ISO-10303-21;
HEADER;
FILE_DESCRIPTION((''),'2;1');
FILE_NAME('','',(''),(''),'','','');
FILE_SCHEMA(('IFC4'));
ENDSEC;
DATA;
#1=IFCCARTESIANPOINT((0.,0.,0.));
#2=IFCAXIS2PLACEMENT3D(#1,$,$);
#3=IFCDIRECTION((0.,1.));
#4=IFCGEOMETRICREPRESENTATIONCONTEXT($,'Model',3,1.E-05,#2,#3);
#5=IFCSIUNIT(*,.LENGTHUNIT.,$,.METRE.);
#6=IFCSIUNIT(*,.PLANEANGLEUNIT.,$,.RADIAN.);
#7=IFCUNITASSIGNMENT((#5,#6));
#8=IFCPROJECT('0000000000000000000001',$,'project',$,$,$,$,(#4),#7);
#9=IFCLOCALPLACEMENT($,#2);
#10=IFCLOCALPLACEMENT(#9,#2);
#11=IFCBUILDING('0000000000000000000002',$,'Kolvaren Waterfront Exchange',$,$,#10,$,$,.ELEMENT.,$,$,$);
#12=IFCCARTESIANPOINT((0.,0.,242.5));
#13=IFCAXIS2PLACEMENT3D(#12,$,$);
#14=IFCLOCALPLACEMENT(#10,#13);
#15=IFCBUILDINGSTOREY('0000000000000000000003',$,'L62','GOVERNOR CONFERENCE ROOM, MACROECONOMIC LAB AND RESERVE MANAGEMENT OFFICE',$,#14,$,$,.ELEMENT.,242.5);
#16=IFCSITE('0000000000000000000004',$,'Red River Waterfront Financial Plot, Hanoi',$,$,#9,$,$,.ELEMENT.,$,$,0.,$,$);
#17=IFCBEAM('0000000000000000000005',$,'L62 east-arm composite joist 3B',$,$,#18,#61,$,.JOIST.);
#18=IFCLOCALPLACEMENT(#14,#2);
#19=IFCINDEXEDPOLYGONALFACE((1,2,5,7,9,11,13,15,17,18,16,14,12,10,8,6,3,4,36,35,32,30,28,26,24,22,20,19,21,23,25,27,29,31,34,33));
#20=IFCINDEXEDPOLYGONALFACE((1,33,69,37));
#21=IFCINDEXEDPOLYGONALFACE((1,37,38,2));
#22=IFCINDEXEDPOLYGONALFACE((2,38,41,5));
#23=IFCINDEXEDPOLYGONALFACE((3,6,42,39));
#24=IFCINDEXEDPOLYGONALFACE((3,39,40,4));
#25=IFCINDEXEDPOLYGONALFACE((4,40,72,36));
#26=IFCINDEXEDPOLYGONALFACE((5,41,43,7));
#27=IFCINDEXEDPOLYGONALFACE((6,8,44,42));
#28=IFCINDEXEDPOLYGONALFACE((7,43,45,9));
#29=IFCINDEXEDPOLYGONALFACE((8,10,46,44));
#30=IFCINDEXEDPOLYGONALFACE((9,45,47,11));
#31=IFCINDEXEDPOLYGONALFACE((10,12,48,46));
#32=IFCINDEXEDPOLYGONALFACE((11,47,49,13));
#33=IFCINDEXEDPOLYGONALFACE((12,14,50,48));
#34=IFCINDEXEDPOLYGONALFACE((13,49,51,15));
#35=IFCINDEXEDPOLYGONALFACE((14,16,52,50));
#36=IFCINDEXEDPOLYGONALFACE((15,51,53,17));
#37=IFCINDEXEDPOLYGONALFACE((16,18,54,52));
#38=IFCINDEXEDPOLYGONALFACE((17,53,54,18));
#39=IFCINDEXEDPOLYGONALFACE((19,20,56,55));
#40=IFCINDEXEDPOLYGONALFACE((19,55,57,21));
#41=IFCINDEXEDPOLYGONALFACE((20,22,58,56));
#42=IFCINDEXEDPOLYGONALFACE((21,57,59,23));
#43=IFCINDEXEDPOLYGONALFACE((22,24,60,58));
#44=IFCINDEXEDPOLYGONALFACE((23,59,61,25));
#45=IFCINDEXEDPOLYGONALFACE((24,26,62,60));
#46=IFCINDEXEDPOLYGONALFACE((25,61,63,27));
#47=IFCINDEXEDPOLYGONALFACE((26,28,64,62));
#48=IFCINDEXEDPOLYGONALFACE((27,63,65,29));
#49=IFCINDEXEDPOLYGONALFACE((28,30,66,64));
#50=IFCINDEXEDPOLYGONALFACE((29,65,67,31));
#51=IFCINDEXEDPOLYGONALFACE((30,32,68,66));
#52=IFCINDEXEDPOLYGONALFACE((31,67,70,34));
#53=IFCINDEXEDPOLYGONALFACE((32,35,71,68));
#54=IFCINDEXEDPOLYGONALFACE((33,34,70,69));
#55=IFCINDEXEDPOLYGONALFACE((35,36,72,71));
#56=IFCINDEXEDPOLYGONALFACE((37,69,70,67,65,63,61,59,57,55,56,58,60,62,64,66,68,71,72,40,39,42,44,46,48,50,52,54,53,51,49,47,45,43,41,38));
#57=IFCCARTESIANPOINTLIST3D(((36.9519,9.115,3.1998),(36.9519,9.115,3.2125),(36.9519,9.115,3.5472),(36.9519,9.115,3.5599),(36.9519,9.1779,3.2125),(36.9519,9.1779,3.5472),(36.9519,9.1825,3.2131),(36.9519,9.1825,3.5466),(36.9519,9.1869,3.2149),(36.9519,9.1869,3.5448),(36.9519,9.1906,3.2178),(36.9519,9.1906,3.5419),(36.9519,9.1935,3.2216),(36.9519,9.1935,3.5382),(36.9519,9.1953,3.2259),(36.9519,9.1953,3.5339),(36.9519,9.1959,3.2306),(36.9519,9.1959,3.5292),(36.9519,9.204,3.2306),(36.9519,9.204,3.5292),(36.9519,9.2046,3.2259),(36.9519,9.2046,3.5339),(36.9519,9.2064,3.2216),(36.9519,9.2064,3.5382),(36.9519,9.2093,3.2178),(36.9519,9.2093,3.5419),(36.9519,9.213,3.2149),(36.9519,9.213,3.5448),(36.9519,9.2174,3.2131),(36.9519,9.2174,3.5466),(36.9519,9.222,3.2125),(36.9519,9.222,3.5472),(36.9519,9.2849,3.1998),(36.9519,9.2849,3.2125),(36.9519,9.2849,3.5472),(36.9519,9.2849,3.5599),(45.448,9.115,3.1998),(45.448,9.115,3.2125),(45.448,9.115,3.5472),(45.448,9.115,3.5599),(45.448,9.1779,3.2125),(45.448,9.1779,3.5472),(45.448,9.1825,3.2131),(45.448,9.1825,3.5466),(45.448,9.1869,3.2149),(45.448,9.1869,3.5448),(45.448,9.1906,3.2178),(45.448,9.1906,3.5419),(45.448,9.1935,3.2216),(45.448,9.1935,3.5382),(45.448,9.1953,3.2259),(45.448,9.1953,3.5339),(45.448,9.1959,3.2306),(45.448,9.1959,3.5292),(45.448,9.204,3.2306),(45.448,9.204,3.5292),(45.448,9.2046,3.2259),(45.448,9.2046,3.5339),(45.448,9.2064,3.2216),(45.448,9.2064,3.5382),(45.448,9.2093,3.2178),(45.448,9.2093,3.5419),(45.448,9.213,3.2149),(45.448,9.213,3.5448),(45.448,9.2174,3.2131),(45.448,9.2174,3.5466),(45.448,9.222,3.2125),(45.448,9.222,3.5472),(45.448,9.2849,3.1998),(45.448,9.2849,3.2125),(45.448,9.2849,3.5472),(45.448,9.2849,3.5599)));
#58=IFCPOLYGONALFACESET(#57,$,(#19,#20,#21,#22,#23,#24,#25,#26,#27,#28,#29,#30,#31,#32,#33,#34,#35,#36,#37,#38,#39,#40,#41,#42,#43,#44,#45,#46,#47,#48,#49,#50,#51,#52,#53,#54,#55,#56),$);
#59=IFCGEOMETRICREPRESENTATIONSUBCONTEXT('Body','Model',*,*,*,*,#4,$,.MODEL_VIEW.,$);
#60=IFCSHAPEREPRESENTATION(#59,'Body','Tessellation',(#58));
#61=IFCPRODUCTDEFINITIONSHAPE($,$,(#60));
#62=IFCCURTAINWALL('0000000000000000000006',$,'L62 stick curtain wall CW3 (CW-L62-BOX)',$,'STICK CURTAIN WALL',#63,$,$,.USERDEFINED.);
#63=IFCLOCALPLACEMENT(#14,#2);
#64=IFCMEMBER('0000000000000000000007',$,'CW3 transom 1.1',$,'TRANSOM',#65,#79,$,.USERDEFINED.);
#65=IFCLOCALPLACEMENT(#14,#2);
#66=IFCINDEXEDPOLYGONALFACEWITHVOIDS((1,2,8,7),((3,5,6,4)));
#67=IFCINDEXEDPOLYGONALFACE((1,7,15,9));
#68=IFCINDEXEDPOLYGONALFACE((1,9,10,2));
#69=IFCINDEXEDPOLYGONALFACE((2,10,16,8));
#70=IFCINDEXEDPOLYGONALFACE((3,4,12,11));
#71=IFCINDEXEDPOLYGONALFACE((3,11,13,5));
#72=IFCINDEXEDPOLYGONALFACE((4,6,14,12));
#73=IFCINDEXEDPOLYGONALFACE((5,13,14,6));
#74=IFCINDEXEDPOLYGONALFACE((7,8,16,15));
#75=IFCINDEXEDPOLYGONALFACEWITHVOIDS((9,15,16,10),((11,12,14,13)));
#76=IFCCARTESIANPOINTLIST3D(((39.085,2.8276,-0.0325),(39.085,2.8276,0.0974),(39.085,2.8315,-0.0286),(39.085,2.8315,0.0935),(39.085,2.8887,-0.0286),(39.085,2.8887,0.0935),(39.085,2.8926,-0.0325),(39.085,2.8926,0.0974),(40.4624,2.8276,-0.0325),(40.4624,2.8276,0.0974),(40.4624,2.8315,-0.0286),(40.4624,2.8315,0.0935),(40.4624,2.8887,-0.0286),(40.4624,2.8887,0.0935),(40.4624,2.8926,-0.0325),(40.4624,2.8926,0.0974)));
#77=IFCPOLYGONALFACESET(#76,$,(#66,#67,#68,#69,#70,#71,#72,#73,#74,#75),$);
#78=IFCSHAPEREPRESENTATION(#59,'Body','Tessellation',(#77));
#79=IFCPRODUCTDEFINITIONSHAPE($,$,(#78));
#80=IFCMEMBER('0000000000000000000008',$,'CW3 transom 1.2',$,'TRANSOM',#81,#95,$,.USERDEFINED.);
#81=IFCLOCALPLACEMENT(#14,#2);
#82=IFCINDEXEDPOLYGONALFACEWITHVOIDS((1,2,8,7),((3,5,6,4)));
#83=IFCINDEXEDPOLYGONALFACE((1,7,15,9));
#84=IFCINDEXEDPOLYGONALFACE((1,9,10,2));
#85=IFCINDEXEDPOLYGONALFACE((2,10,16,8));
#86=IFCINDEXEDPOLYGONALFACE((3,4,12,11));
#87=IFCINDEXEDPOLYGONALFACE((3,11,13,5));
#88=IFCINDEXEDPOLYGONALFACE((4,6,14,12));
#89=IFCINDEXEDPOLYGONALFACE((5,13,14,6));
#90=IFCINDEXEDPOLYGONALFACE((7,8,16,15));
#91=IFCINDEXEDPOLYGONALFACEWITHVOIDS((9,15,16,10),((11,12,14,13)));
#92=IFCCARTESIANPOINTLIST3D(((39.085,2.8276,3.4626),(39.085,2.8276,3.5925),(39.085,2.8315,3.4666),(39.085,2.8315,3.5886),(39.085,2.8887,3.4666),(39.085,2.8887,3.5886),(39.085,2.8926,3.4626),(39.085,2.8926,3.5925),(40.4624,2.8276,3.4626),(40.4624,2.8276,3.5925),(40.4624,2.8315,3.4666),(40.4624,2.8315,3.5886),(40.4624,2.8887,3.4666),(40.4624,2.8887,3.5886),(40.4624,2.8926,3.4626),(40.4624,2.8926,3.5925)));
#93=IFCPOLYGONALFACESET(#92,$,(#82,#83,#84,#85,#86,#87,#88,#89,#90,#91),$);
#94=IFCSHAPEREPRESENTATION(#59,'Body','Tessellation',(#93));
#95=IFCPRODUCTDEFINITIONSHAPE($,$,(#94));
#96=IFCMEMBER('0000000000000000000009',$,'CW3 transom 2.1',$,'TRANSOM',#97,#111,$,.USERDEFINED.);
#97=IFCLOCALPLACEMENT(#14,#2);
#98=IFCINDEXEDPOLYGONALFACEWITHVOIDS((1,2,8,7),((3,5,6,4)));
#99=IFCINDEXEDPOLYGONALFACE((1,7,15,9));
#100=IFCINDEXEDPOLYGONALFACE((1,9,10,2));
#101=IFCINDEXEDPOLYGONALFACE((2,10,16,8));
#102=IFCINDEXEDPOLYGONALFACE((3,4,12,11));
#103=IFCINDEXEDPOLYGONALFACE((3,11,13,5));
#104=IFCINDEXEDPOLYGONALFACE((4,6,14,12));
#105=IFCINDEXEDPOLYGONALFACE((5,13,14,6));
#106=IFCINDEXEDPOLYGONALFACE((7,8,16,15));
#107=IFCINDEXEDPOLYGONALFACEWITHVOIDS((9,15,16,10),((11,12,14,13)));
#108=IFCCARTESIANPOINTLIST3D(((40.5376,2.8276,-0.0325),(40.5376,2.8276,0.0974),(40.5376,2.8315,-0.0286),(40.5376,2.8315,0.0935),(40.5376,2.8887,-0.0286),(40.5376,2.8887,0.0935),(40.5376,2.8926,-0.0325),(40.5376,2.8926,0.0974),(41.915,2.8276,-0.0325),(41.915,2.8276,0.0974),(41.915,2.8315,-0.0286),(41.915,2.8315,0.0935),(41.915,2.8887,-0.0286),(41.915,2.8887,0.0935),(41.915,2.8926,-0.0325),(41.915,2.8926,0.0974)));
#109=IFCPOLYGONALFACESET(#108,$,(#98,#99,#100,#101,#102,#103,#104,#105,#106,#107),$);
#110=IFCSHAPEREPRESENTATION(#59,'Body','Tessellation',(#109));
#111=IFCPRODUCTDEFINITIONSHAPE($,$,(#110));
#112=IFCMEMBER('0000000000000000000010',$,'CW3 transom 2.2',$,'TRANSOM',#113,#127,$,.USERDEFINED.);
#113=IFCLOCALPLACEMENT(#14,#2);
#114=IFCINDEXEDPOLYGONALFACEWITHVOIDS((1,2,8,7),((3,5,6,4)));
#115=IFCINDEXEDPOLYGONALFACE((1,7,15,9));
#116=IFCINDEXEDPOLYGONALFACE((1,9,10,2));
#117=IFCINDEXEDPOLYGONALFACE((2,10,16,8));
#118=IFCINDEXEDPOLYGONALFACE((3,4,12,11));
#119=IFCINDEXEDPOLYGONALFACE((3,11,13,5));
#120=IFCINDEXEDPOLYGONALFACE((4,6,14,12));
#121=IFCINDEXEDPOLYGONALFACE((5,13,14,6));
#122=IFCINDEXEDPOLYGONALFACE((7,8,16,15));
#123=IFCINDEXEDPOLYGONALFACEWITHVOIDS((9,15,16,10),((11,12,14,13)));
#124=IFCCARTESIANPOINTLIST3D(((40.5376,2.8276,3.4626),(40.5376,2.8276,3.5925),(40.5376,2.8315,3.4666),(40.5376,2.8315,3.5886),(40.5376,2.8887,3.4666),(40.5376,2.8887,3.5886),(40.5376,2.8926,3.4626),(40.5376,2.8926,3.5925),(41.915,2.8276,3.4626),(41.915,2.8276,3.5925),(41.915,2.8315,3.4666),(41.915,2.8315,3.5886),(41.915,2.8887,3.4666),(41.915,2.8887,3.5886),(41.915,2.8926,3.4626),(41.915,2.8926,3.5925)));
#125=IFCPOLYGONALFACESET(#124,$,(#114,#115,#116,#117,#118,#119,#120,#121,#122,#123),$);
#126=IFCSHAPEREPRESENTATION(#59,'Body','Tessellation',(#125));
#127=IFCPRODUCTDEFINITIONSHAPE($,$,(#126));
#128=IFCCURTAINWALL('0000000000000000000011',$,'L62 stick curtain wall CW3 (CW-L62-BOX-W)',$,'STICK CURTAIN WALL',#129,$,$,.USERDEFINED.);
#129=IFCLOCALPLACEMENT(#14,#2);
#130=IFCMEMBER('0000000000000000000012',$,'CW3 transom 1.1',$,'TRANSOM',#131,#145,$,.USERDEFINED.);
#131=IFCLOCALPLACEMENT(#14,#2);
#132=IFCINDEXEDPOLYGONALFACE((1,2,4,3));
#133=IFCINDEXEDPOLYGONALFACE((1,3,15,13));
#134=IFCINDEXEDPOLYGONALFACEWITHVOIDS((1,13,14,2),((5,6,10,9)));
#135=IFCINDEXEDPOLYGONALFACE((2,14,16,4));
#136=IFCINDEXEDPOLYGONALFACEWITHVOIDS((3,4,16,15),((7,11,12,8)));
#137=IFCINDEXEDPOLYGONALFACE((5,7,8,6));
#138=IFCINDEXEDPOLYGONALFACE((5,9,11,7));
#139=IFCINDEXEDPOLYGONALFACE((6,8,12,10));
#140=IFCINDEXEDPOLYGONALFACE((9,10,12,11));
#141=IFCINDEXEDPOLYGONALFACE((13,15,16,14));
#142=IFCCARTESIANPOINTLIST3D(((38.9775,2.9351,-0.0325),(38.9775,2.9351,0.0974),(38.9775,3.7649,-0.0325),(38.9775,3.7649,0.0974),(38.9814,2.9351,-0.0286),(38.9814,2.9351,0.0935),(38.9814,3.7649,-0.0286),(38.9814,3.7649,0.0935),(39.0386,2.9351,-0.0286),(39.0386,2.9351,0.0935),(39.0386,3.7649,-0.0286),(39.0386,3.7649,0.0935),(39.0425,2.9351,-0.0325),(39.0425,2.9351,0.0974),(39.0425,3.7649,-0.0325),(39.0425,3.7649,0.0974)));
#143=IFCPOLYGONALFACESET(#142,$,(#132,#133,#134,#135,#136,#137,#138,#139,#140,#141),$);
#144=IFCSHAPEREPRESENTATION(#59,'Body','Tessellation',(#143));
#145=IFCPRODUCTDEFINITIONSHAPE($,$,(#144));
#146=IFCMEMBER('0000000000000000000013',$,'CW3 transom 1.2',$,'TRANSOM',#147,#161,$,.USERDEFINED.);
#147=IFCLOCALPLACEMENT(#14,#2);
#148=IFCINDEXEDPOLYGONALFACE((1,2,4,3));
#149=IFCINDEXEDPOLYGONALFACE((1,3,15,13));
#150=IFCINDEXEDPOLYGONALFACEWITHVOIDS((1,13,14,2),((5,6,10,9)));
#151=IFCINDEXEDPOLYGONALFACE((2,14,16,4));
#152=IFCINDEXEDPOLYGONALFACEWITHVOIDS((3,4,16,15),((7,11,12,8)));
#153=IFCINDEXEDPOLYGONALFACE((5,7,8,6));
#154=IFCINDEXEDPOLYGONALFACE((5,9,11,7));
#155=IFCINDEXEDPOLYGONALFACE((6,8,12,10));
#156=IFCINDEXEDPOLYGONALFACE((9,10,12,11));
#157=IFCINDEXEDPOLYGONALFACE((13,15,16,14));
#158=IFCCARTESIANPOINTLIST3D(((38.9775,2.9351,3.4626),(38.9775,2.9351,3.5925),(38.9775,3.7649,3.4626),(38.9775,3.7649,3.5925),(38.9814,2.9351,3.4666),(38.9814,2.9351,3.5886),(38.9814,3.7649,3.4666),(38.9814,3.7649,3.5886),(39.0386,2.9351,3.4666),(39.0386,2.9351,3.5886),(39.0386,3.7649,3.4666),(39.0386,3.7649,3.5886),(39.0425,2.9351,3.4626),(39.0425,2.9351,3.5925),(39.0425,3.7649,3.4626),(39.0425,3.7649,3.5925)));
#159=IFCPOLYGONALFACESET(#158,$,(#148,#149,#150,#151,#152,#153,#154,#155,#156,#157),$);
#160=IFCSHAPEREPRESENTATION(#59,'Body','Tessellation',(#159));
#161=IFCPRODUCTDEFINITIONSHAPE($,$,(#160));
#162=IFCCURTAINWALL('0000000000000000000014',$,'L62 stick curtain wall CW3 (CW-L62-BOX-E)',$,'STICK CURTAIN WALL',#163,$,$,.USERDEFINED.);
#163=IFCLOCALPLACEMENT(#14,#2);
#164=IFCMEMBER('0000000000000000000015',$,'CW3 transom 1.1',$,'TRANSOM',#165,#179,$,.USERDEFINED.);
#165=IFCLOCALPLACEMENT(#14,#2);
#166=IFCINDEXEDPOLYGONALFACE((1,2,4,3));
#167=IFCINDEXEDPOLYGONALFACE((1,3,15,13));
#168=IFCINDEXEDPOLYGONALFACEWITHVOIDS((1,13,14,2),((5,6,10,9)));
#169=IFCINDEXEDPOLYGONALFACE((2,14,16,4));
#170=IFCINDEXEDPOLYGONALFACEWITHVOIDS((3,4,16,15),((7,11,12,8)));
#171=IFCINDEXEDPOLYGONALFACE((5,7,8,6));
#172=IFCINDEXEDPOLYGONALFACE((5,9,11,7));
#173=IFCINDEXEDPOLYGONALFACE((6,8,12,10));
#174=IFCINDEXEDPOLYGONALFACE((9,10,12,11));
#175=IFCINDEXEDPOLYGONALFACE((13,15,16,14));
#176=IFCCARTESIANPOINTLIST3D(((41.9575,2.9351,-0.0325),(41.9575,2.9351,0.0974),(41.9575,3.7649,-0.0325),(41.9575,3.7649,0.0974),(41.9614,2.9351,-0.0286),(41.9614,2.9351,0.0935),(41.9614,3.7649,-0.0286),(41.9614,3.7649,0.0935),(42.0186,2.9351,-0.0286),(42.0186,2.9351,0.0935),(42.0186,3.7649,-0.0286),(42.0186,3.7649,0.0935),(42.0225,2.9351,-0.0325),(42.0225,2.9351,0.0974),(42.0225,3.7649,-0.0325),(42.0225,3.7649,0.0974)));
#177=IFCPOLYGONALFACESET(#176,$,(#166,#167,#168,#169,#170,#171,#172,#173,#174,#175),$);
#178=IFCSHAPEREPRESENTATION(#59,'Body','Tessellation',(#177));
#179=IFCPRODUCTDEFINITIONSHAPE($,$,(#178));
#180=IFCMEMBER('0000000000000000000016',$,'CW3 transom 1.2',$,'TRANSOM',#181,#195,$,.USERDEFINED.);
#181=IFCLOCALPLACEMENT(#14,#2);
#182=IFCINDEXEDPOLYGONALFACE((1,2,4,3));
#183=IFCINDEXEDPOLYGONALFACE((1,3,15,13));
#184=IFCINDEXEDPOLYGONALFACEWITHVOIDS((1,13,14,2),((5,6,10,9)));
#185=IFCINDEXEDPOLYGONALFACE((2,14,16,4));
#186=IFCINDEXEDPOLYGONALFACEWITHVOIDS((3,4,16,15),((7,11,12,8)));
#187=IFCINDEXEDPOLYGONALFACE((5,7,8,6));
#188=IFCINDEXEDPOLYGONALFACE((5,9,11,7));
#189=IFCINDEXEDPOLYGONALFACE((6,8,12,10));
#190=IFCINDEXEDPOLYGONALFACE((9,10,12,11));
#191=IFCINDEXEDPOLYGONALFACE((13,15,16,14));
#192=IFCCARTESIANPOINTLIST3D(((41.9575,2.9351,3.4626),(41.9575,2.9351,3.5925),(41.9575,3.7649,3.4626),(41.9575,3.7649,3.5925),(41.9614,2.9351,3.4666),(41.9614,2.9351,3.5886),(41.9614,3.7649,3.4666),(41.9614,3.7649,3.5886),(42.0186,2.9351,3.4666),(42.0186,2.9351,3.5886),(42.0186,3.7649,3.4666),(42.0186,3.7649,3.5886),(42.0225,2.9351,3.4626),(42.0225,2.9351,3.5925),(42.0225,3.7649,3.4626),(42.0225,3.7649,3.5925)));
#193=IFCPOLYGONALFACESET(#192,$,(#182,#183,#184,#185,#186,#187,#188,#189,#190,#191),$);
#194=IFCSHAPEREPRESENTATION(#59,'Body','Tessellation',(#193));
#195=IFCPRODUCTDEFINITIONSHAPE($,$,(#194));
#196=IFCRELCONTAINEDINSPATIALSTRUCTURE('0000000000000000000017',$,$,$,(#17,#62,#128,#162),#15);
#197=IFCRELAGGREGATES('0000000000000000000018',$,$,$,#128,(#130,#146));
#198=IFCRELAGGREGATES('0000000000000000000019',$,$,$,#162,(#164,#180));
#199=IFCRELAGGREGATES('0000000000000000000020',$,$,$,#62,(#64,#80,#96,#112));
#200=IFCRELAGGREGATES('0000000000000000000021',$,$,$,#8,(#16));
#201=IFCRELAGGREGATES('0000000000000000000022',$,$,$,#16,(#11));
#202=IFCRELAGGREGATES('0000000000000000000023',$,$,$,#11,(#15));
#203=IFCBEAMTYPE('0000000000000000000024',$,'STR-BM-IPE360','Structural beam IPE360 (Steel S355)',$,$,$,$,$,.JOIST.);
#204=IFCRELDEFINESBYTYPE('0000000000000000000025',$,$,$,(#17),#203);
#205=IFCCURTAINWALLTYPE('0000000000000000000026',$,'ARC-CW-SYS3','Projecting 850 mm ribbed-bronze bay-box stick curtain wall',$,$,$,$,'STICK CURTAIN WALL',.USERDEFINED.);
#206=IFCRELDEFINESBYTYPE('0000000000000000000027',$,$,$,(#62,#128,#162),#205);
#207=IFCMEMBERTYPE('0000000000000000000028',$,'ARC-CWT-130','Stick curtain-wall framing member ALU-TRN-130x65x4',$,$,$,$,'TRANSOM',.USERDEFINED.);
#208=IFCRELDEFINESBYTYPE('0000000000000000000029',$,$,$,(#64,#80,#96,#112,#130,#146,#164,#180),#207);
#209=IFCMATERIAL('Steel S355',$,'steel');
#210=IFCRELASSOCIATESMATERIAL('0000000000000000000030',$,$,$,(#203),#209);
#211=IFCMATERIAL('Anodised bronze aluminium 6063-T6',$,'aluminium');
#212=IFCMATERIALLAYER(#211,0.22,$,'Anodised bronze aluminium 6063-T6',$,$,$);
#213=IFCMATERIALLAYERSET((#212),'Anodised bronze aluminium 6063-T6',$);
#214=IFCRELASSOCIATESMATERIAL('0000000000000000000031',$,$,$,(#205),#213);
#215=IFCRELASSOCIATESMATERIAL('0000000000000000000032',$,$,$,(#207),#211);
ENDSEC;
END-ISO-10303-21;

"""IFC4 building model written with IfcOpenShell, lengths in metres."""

from ifc_helpers import new_model, si_unit, direction, frame, origin, origin_with_axes, origin_2d, place, context, subcontext, project, spatial, hollow_rectangle, i_section, extrude, source, transform, mapped, material, layer, layer_set, material_profile, profile_set, type_object, element, aggregate, save


model = new_model("IFC4")

# Units and contexts
model_context = context("Model", 3, precision=1e-05, world=origin(), true_north=direction((0.0, 1.0)))
body_context = subcontext(model_context, "Body", "Model", "MODEL_VIEW")
ifc_project = project(units=[si_unit("LENGTHUNIT", "METRE"), si_unit("PLANEANGLEUNIT", "RADIAN")], contexts=[model_context])

# Site, building, storey
site_placement = place(None, origin())
site = spatial("IfcSite", under=ifc_project, at=site_placement, Name="Red River Waterfront Financial Plot, Hanoi", CompositionType="ELEMENT", RefElevation=0.0)
building_placement = place(site_placement, origin())
building = spatial("IfcBuilding", under=site, at=building_placement, Name="Kolvaren Waterfront Exchange", CompositionType="ELEMENT")
storey_placement = place(building_placement, frame((0.0, 0.0, 242.5)))
storey = spatial("IfcBuildingStorey", under=building, at=storey_placement, Name="L62", Description="GOVERNOR CONFERENCE ROOM, MACROECONOMIC LAB AND RESERVE MANAGEMENT OFFICE", CompositionType="ELEMENT", Elevation=242.5)

# Beam
ifc_material_1 = material(Name="Steel S355", Category="steel")
ifc_material_profile_1 = material_profile(ifc_material_1, i_section(OverallWidth=0.1699, OverallDepth=0.3601, WebThickness=0.0081, FlangeThickness=0.0127, FilletRadius=0.0181, at=origin_2d()), Name="IPE360")
ifc_profile_set_1 = profile_set([ifc_material_profile_1], Name="Steel S355")
beam_type_1 = type_object("IfcBeamType", Name="STR-BM-IPE360", Description="Structural beam IPE360 (Steel S355)", PredefinedType="JOIST", material=ifc_profile_set_1)
beam_1_placement = place(storey_placement, frame((36.9519, 9.2, 3.3799), z_axis=(1.0, 0.0, 0.0), x_axis=(0.0, 1.0, 0.0)))
element("IfcBeam", 1, at=beam_1_placement, inside=storey, type_object=beam_type_1, Name="L62 east-arm composite joist 3B", PredefinedType="JOIST", context=body_context, shape_type="SweptSolid", body=[
    extrude(i_section(OverallWidth=0.1699, OverallDepth=0.3601, WebThickness=0.0081, FlangeThickness=0.0127, FilletRadius=0.0181, at=origin_2d()), origin(), (0.0, 0.0, 1.0), 8.4961),
])

# Curtain walls, members
ifc_material_2 = material(Name="Anodised bronze aluminium 6063-T6", Category="aluminium")
ifc_layer_1 = layer(ifc_material_2, 0.22, Name="Anodised bronze aluminium 6063-T6")
ifc_layer_set_1 = layer_set([ifc_layer_1], Name="Anodised bronze aluminium 6063-T6")
curtain_wall_type_1 = type_object("IfcCurtainWallType", Name="ARC-CW-SYS3", Description="Projecting 850 mm ribbed-bronze bay-box stick curtain wall", ElementType="STICK CURTAIN WALL", PredefinedType="USERDEFINED", material=ifc_layer_set_1)
curtain_wall_1_placement = place(storey_placement, origin())
curtain_wall_1 = element("IfcCurtainWall", 2, at=curtain_wall_1_placement, inside=storey, type_object=curtain_wall_type_1, Name="L62 stick curtain wall CW3 (CW-L62-BOX)", ObjectType="STICK CURTAIN WALL", PredefinedType="USERDEFINED")
ifc_material_profile_2 = material_profile(ifc_material_2, hollow_rectangle(XDim=0.0649, YDim=0.1299, WallThickness=0.0039, at=origin_2d()), Name="ALU-TRN-130x65x4")
ifc_profile_set_2 = profile_set([ifc_material_profile_2], Name="Anodised bronze aluminium 6063-T6")
member_type_1 = type_object("IfcMemberType", Name="ARC-CWT-130", Description="Stick curtain-wall framing member ALU-TRN-130x65x4", ElementType="TRANSOM", PredefinedType="USERDEFINED", material=ifc_profile_set_2)
shared_shape_1 = source(origin_with_axes(), body_context, "Body", "SweptSolid", [
    extrude(hollow_rectangle(XDim=0.0649, YDim=0.1299, WallThickness=0.0039, at=origin_2d()), origin(), (0.0, 0.0, 1.0), 1.3774),
])
member_1_placement = place(storey_placement, frame((39.085, 2.8601, 0.0325), z_axis=(1.0, 0.0, 0.0), x_axis=(0.0, 1.0, 0.0)))
member_1 = element("IfcMember", 3, at=member_1_placement, type_object=member_type_1, Name="CW3 transom 1.1", ObjectType="TRANSOM", PredefinedType="USERDEFINED", context=body_context, shape_type="MappedRepresentation", body=[
    mapped(shared_shape_1, transform((0.0, 0.0, 0.0), x_axis=(1.0, 0.0, 0.0), y_axis=(0.0, 1.0, 0.0), z_axis=(0.0, 0.0, 1.0), scale=1.0)),
])
member_2_placement = place(storey_placement, frame((39.085, 2.8601, 3.5276), z_axis=(1.0, 0.0, 0.0), x_axis=(0.0, 1.0, 0.0)))
member_2 = element("IfcMember", 4, at=member_2_placement, type_object=member_type_1, Name="CW3 transom 1.2", ObjectType="TRANSOM", PredefinedType="USERDEFINED", context=body_context, shape_type="MappedRepresentation", body=[
    mapped(shared_shape_1, transform((0.0, 0.0, 0.0), x_axis=(1.0, 0.0, 0.0), y_axis=(0.0, 1.0, 0.0), z_axis=(0.0, 0.0, 1.0), scale=1.0)),
])
member_3_placement = place(storey_placement, frame((40.5376, 2.8601, 0.0325), z_axis=(1.0, 0.0, 0.0), x_axis=(0.0, 1.0, 0.0)))
member_3 = element("IfcMember", 5, at=member_3_placement, type_object=member_type_1, Name="CW3 transom 2.1", ObjectType="TRANSOM", PredefinedType="USERDEFINED", context=body_context, shape_type="MappedRepresentation", body=[
    mapped(shared_shape_1, transform((0.0, 0.0, 0.0), x_axis=(1.0, 0.0, 0.0), y_axis=(0.0, 1.0, 0.0), z_axis=(0.0, 0.0, 1.0), scale=1.0)),
])
member_4_placement = place(storey_placement, frame((40.5376, 2.8601, 3.5276), z_axis=(1.0, 0.0, 0.0), x_axis=(0.0, 1.0, 0.0)))
member_4 = element("IfcMember", 6, at=member_4_placement, type_object=member_type_1, Name="CW3 transom 2.2", ObjectType="TRANSOM", PredefinedType="USERDEFINED", context=body_context, shape_type="MappedRepresentation", body=[
    mapped(shared_shape_1, transform((0.0, 0.0, 0.0), x_axis=(1.0, 0.0, 0.0), y_axis=(0.0, 1.0, 0.0), z_axis=(0.0, 0.0, 1.0), scale=1.0)),
])
curtain_wall_2_placement = place(storey_placement, origin())
curtain_wall_2 = element("IfcCurtainWall", 7, at=curtain_wall_2_placement, inside=storey, type_object=curtain_wall_type_1, Name="L62 stick curtain wall CW3 (CW-L62-BOX-W)", ObjectType="STICK CURTAIN WALL", PredefinedType="USERDEFINED")
shared_shape_2 = source(origin_with_axes(), body_context, "Body", "SweptSolid", [
    extrude(hollow_rectangle(XDim=0.0649, YDim=0.1299, WallThickness=0.0039, at=origin_2d()), origin(), (0.0, 0.0, 1.0), 0.8298),
])
member_5_placement = place(storey_placement, frame((39.01, 3.7649, 0.0325), z_axis=(0.0, -1.0, 0.0), x_axis=(1.0, 0.0, 0.0)))
member_5 = element("IfcMember", 8, at=member_5_placement, type_object=member_type_1, Name="CW3 transom 1.1", ObjectType="TRANSOM", PredefinedType="USERDEFINED", context=body_context, shape_type="MappedRepresentation", body=[
    mapped(shared_shape_2, transform((0.0, 0.0, 0.0), x_axis=(1.0, 0.0, 0.0), y_axis=(0.0, 1.0, 0.0), z_axis=(0.0, 0.0, 1.0), scale=1.0)),
])
member_6_placement = place(storey_placement, frame((39.01, 3.7649, 3.5276), z_axis=(0.0, -1.0, 0.0), x_axis=(1.0, 0.0, 0.0)))
member_6 = element("IfcMember", 9, at=member_6_placement, type_object=member_type_1, Name="CW3 transom 1.2", ObjectType="TRANSOM", PredefinedType="USERDEFINED", context=body_context, shape_type="MappedRepresentation", body=[
    mapped(shared_shape_2, transform((0.0, 0.0, 0.0), x_axis=(1.0, 0.0, 0.0), y_axis=(0.0, 1.0, 0.0), z_axis=(0.0, 0.0, 1.0), scale=1.0)),
])
curtain_wall_3_placement = place(storey_placement, origin())
curtain_wall_3 = element("IfcCurtainWall", 10, at=curtain_wall_3_placement, inside=storey, type_object=curtain_wall_type_1, Name="L62 stick curtain wall CW3 (CW-L62-BOX-E)", ObjectType="STICK CURTAIN WALL", PredefinedType="USERDEFINED")
member_7_placement = place(storey_placement, frame((41.99, 2.9351, 0.0325), z_axis=(0.0, 1.0, 0.0), x_axis=(-1.0, 0.0, 0.0)))
member_7 = element("IfcMember", 11, at=member_7_placement, type_object=member_type_1, Name="CW3 transom 1.1", ObjectType="TRANSOM", PredefinedType="USERDEFINED", context=body_context, shape_type="MappedRepresentation", body=[
    mapped(shared_shape_2, transform((0.0, 0.0, 0.0), x_axis=(1.0, 0.0, 0.0), y_axis=(0.0, 1.0, 0.0), z_axis=(0.0, 0.0, 1.0), scale=1.0)),
])
member_8_placement = place(storey_placement, frame((41.99, 2.9351, 3.5276), z_axis=(0.0, 1.0, 0.0), x_axis=(-1.0, 0.0, 0.0)))
member_8 = element("IfcMember", 12, at=member_8_placement, type_object=member_type_1, Name="CW3 transom 1.2", ObjectType="TRANSOM", PredefinedType="USERDEFINED", context=body_context, shape_type="MappedRepresentation", body=[
    mapped(shared_shape_2, transform((0.0, 0.0, 0.0), x_axis=(1.0, 0.0, 0.0), y_axis=(0.0, 1.0, 0.0), z_axis=(0.0, 0.0, 1.0), scale=1.0)),
])

aggregate(curtain_wall_2, [member_5, member_6])
aggregate(curtain_wall_3, [member_7, member_8])
aggregate(curtain_wall_1, [member_1, member_2, member_3, member_4])

save(model, "model.ifc")
